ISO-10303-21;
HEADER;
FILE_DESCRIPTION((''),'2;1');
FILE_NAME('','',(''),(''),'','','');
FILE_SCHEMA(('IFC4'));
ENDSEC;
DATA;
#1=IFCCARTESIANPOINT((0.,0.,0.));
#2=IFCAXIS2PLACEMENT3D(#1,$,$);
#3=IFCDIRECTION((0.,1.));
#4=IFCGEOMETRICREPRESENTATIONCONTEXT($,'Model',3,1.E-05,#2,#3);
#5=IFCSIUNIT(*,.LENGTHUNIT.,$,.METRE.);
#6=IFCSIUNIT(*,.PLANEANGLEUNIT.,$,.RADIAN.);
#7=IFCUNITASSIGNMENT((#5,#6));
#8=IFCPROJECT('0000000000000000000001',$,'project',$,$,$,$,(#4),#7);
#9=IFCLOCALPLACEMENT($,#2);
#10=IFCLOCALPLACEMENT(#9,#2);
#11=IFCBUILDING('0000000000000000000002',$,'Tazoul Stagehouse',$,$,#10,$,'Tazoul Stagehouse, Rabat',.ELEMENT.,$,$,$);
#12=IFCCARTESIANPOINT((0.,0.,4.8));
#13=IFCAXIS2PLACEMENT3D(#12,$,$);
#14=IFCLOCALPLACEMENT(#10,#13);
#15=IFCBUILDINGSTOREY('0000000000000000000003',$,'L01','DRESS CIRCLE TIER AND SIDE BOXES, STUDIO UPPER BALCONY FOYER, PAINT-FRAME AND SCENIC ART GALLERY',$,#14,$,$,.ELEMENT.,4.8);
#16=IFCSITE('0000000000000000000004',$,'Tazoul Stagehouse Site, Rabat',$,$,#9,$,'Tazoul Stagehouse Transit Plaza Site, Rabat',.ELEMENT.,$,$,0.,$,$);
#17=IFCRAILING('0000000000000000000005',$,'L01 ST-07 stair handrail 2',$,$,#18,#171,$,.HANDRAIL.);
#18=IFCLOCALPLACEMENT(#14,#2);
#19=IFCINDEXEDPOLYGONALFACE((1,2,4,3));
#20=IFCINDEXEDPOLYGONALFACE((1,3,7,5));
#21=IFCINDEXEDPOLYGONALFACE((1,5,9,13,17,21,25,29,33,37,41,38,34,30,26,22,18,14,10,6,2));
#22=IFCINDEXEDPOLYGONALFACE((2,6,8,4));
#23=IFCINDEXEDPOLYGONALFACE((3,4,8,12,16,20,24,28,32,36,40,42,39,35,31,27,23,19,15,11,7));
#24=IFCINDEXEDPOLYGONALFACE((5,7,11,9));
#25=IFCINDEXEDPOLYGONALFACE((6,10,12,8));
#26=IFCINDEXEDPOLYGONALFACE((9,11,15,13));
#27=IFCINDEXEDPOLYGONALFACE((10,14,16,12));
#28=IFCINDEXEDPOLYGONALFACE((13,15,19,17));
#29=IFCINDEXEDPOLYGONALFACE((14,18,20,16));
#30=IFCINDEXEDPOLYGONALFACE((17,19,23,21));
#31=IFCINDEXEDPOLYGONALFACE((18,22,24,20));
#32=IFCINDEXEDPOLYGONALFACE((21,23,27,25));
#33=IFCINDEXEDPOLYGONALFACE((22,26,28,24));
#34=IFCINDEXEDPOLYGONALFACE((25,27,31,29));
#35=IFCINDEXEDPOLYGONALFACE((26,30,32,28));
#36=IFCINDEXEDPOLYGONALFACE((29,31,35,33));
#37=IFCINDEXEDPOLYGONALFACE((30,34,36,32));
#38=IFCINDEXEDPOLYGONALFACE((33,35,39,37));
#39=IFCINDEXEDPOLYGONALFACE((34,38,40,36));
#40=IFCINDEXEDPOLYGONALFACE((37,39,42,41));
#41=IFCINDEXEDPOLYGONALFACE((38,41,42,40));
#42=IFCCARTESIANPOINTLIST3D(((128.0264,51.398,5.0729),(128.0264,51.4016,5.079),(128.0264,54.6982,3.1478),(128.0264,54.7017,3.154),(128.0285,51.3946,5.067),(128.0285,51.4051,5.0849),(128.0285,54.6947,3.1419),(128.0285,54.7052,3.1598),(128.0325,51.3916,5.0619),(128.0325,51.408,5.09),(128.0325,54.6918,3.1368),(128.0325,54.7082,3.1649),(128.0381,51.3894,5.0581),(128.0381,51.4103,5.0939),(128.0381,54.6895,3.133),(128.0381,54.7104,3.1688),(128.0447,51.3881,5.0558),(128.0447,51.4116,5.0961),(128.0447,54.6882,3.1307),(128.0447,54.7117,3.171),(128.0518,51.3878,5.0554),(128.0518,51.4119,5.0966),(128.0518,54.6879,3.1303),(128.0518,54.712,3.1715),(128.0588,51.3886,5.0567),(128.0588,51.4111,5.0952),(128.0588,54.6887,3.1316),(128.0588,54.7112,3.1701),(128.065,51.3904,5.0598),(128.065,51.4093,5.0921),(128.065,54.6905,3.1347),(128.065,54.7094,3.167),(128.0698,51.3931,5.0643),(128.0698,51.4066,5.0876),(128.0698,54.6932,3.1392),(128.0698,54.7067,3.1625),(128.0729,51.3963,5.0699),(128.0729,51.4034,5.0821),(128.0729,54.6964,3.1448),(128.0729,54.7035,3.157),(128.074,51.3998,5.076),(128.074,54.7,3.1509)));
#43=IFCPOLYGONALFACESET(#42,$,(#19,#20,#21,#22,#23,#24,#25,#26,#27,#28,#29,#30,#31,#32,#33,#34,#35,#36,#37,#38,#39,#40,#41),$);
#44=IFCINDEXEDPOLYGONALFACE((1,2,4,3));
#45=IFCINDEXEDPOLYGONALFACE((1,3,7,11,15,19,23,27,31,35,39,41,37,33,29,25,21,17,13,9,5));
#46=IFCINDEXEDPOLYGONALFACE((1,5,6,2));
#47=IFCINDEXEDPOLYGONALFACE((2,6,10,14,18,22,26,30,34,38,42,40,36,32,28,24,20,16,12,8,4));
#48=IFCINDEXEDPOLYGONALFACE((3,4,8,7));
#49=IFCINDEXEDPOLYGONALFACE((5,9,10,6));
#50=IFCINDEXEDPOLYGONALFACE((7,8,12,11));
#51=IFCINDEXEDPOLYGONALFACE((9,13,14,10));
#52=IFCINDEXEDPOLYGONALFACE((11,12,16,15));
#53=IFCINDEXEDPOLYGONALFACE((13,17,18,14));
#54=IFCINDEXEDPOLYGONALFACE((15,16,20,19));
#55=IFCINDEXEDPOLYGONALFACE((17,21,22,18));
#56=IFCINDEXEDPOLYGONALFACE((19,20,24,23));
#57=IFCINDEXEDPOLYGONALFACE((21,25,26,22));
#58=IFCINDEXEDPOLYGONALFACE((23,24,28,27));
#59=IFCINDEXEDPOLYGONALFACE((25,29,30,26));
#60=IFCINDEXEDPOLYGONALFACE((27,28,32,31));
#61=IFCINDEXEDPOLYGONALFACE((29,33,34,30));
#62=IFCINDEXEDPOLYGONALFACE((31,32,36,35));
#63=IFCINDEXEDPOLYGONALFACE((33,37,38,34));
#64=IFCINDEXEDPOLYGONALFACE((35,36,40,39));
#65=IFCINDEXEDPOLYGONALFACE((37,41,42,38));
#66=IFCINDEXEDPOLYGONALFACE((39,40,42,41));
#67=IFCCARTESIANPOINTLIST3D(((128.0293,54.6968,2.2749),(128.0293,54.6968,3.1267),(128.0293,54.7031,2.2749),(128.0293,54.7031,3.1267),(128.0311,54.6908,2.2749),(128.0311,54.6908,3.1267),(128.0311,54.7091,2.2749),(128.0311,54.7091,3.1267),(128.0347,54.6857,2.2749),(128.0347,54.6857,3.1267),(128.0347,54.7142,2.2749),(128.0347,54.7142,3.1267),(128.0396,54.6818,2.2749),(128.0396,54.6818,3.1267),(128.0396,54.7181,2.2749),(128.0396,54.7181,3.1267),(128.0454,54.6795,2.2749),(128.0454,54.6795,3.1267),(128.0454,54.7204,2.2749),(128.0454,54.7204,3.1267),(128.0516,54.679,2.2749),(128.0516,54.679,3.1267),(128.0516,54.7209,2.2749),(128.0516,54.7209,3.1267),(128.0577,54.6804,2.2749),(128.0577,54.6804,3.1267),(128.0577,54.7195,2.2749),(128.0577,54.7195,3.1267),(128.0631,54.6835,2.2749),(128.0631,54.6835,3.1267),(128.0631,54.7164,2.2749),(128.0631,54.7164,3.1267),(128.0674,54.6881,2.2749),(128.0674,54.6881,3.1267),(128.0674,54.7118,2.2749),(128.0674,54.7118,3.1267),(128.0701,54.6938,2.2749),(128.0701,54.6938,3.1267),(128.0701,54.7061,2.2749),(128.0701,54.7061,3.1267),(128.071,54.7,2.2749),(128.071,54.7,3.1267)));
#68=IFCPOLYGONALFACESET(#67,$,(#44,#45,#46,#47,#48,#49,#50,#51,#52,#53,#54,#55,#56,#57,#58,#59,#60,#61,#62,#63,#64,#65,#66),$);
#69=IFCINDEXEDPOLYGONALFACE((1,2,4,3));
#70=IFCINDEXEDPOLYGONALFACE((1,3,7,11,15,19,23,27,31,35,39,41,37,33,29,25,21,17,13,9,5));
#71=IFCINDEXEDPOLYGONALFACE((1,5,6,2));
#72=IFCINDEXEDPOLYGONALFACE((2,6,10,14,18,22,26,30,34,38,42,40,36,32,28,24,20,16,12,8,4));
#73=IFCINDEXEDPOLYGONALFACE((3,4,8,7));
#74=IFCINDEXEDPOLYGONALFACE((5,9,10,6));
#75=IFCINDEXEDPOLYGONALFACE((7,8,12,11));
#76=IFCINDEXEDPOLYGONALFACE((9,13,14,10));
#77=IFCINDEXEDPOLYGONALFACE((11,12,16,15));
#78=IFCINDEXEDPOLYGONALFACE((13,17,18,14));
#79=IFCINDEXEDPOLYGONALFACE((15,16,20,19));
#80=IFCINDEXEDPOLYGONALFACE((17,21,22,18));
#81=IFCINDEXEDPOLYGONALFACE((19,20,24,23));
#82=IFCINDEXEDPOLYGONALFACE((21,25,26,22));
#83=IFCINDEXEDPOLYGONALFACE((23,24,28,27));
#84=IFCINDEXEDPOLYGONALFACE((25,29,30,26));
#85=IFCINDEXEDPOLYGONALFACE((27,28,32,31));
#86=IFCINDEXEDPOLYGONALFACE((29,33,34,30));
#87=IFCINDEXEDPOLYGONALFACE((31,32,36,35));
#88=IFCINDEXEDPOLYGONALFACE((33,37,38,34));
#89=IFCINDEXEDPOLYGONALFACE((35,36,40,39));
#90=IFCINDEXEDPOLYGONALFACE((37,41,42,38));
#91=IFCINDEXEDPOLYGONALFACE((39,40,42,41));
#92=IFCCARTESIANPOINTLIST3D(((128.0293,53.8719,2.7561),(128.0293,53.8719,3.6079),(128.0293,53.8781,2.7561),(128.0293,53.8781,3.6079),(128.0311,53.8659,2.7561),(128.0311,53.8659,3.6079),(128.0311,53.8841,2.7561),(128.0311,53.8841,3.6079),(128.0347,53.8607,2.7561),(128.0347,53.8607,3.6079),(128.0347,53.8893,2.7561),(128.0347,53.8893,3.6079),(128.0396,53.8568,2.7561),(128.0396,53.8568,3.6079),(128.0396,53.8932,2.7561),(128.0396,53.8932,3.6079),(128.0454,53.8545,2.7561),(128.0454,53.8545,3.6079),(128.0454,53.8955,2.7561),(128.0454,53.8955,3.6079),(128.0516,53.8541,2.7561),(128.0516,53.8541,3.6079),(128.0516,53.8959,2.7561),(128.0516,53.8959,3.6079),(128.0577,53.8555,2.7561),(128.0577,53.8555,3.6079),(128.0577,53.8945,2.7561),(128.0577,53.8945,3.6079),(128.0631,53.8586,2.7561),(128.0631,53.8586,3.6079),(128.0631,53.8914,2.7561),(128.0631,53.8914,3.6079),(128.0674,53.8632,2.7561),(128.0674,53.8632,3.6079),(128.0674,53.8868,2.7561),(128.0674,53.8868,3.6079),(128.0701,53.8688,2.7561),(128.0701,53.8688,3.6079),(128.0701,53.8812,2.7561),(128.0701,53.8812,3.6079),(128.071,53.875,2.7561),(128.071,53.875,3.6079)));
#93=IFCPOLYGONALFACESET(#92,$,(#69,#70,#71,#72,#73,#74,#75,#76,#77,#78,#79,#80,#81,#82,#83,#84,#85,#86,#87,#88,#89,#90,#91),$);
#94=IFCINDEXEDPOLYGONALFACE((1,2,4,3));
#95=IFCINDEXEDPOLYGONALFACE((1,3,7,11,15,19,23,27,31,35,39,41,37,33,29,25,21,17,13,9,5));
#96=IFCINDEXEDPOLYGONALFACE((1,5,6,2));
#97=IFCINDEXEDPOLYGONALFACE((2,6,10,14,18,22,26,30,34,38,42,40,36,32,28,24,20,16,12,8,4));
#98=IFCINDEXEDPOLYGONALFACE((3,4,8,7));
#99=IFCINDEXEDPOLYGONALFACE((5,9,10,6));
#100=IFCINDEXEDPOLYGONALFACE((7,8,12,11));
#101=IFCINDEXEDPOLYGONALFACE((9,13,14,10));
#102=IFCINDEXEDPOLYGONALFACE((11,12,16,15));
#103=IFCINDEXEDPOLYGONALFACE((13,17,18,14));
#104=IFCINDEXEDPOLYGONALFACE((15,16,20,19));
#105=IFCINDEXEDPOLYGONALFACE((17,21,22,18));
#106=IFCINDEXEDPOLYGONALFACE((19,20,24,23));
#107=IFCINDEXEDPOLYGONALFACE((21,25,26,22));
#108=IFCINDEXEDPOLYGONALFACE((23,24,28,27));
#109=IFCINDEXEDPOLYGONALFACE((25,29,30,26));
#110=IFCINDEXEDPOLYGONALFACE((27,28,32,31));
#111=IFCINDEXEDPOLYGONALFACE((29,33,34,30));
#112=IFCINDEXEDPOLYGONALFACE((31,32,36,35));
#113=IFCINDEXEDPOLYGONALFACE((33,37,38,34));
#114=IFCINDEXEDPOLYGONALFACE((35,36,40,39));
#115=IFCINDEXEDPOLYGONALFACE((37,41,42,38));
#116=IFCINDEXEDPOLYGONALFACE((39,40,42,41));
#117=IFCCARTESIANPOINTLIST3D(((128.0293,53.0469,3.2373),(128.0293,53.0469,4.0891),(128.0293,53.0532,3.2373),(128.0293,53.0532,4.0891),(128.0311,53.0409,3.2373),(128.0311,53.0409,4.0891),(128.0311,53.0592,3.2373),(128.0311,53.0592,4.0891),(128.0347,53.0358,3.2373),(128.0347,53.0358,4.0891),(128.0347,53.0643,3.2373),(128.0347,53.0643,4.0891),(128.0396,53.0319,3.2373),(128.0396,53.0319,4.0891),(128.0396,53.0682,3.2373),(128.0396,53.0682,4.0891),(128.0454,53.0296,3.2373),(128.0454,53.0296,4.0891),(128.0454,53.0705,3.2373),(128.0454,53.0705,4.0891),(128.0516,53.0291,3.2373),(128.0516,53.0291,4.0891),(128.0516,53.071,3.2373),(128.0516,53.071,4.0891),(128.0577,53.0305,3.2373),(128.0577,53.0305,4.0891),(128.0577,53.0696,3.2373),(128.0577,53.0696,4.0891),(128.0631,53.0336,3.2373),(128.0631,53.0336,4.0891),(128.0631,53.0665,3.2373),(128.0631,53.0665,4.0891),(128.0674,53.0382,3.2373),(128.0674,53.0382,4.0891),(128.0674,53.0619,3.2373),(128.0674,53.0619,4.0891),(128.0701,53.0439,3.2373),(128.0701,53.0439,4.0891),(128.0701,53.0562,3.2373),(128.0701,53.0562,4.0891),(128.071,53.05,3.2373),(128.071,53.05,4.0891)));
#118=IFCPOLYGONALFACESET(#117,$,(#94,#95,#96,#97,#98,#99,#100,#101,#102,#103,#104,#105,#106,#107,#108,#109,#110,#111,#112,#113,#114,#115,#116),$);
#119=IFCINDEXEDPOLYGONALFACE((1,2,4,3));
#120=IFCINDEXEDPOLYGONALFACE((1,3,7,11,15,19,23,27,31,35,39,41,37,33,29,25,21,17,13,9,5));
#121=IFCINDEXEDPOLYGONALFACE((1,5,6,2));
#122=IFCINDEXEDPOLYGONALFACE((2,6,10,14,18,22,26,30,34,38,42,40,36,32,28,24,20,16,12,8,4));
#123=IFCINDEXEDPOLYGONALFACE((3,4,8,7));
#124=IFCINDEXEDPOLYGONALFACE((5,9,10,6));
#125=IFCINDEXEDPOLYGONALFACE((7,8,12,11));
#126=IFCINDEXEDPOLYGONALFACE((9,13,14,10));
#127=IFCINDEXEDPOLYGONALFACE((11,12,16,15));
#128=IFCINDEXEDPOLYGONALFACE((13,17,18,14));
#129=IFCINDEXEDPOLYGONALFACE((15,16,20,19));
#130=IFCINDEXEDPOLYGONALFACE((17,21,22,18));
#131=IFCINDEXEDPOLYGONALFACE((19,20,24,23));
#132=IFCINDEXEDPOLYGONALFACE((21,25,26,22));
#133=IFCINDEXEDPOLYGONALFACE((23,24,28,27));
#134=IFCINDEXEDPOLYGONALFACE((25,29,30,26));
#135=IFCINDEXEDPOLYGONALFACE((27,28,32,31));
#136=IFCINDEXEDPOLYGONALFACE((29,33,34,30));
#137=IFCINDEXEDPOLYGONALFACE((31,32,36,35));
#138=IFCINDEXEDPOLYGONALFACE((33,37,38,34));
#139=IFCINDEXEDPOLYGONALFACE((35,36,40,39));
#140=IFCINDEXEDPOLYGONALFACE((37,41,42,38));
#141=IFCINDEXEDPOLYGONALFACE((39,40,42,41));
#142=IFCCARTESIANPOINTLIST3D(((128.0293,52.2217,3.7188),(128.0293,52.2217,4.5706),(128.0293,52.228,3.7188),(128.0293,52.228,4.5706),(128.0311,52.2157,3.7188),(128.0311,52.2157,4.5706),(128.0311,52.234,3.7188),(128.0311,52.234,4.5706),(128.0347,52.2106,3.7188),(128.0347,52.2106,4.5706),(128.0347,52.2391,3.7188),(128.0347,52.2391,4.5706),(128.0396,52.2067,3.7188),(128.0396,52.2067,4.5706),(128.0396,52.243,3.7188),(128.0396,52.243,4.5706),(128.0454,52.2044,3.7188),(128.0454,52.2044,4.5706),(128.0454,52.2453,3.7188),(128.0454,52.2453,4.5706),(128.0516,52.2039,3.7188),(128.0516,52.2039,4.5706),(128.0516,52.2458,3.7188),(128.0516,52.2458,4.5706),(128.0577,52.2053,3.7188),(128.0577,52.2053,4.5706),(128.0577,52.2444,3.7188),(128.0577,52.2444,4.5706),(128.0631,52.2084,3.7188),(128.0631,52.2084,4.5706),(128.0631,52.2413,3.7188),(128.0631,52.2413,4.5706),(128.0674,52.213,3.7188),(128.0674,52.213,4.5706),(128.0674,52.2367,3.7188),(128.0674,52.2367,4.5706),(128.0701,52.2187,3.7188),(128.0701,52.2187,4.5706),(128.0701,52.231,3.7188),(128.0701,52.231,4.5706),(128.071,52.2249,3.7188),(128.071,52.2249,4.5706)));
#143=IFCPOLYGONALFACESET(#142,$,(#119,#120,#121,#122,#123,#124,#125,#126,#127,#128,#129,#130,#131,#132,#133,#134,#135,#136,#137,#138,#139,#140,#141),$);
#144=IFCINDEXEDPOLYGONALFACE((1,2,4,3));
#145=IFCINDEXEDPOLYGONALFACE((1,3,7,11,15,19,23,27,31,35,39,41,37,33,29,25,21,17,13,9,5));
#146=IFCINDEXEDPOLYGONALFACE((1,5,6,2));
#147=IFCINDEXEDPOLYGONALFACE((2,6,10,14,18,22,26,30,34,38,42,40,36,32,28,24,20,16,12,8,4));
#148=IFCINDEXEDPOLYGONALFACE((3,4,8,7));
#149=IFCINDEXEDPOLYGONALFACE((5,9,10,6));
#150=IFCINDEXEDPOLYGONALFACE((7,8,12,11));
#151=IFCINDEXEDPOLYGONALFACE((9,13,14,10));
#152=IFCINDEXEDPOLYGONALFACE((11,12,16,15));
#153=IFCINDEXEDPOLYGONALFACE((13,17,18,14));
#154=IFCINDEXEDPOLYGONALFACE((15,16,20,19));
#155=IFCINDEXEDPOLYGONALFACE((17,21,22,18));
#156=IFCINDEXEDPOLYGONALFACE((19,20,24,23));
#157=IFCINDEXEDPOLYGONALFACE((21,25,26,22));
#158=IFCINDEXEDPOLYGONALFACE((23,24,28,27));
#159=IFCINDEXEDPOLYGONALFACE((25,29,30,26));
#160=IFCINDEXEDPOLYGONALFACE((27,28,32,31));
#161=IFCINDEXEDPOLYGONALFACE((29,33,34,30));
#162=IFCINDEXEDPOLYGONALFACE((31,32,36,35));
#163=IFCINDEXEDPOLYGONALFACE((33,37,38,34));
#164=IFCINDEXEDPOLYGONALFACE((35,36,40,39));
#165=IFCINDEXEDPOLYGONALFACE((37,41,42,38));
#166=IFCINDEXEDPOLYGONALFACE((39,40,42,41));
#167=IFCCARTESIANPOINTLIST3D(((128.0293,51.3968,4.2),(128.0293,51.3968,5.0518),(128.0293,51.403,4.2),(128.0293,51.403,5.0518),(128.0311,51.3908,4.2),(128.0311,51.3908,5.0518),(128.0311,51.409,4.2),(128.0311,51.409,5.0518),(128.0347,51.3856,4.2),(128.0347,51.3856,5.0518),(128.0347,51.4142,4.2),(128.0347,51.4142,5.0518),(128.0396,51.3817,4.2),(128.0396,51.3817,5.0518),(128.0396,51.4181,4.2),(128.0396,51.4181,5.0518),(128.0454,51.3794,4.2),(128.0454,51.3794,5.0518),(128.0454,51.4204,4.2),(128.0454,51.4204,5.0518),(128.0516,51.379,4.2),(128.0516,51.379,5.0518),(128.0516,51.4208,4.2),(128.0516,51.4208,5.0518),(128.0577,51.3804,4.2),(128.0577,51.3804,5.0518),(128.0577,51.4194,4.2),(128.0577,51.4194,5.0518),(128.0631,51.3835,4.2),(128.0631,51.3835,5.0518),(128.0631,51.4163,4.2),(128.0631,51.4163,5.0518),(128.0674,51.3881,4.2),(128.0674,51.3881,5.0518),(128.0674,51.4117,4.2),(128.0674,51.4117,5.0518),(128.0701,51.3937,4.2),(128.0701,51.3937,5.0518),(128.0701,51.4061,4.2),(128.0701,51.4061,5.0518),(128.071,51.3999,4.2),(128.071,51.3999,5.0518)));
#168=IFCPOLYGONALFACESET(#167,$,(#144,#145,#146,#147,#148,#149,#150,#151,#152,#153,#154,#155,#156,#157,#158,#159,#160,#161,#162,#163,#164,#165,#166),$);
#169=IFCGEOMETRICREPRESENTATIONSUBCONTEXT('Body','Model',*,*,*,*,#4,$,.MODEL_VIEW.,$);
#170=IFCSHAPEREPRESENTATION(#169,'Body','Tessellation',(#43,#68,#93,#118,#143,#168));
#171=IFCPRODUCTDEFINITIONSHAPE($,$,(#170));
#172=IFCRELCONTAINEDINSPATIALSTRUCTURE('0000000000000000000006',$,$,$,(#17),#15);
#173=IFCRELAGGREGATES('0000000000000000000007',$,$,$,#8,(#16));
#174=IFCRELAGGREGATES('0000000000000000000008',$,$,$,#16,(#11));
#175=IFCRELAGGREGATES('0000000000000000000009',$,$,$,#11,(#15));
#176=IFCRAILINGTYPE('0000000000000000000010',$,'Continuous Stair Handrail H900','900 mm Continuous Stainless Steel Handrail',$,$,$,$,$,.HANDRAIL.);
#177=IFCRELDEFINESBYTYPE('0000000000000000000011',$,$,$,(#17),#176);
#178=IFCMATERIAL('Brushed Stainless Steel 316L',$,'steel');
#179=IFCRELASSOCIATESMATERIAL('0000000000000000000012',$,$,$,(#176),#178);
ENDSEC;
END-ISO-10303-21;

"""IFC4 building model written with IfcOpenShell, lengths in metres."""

from ifc_helpers import new_model, si_unit, direction, frame, origin, origin_2d, place, context, subcontext, project, spatial, circle, extrude, material, material_profile, profile_set, type_object, element, save


model = new_model("IFC4")

# Units and contexts
model_context = context("Model", 3, precision=1e-05, world=origin(), true_north=direction((0.0, 1.0)))
body_context = subcontext(model_context, "Body", "Model", "MODEL_VIEW")
ifc_project = project(units=[si_unit("LENGTHUNIT", "METRE"), si_unit("PLANEANGLEUNIT", "RADIAN")], contexts=[model_context])

# Site, building, storey
site_placement = place(None, origin())
site = spatial("IfcSite", under=ifc_project, at=site_placement, Name="Tazoul Stagehouse Site, Rabat", LongName="Tazoul Stagehouse Transit Plaza Site, Rabat", CompositionType="ELEMENT", RefElevation=0.0)
building_placement = place(site_placement, origin())
building = spatial("IfcBuilding", under=site, at=building_placement, Name="Tazoul Stagehouse", LongName="Tazoul Stagehouse, Rabat", CompositionType="ELEMENT")
storey_placement = place(building_placement, frame((0.0, 0.0, 4.8)))
storey = spatial("IfcBuildingStorey", under=building, at=storey_placement, Name="L01", Description="DRESS CIRCLE TIER AND SIDE BOXES, STUDIO UPPER BALCONY FOYER, PAINT-FRAME AND SCENIC ART GALLERY", CompositionType="ELEMENT", Elevation=4.8)

# Railing
ifc_material_1 = material(Name="Brushed Stainless Steel 316L", Category="steel")
ifc_material_profile_1 = material_profile(ifc_material_1, circle(Radius=0.021, at=origin_2d()), Name="SS HANDRAIL D42")
ifc_profile_set_1 = profile_set([ifc_material_profile_1], Name="Brushed Stainless Steel 316L")
railing_type_1 = type_object("IfcRailingType", Name="Continuous Stair Handrail H900", Description="900 mm Continuous Stainless Steel Handrail", PredefinedType="HANDRAIL", material=ifc_profile_set_1)
railing_1_placement = place(storey_placement, frame((128.05, 54.7, 2.2749)))
element("IfcRailing", 1, at=railing_1_placement, inside=storey, type_object=railing_type_1, Name="L01 ST-07 stair handrail 2", PredefinedType="HANDRAIL", context=body_context, shape_type="SweptSolid", body=[
    extrude(circle(Radius=0.0239, at=origin_2d()), frame((0.0, 0.0, 0.876), z_axis=(0.0, -0.863777, 0.503875), x_axis=(1.0, 0.0, 0.0)), (0.0, 0.0, 1.0), 3.8206),
    extrude(circle(Radius=0.021, at=origin_2d()), origin(), (0.0, 0.0, 1.0), 0.8518),
    extrude(circle(Radius=0.021, at=origin_2d()), frame((0.0, -0.825, 0.4812)), (0.0, 0.0, 1.0), 0.8518),
    extrude(circle(Radius=0.021, at=origin_2d()), frame((0.0, -1.6499, 0.9624)), (0.0, 0.0, 1.0), 0.8518),
    extrude(circle(Radius=0.021, at=origin_2d()), frame((0.0, -2.4751, 1.4438)), (0.0, 0.0, 1.0), 0.8518),
    extrude(circle(Radius=0.021, at=origin_2d()), frame((0.0, -3.3, 1.925)), (0.0, 0.0, 1.0), 0.8518),
])

save(model, "model.ifc")
